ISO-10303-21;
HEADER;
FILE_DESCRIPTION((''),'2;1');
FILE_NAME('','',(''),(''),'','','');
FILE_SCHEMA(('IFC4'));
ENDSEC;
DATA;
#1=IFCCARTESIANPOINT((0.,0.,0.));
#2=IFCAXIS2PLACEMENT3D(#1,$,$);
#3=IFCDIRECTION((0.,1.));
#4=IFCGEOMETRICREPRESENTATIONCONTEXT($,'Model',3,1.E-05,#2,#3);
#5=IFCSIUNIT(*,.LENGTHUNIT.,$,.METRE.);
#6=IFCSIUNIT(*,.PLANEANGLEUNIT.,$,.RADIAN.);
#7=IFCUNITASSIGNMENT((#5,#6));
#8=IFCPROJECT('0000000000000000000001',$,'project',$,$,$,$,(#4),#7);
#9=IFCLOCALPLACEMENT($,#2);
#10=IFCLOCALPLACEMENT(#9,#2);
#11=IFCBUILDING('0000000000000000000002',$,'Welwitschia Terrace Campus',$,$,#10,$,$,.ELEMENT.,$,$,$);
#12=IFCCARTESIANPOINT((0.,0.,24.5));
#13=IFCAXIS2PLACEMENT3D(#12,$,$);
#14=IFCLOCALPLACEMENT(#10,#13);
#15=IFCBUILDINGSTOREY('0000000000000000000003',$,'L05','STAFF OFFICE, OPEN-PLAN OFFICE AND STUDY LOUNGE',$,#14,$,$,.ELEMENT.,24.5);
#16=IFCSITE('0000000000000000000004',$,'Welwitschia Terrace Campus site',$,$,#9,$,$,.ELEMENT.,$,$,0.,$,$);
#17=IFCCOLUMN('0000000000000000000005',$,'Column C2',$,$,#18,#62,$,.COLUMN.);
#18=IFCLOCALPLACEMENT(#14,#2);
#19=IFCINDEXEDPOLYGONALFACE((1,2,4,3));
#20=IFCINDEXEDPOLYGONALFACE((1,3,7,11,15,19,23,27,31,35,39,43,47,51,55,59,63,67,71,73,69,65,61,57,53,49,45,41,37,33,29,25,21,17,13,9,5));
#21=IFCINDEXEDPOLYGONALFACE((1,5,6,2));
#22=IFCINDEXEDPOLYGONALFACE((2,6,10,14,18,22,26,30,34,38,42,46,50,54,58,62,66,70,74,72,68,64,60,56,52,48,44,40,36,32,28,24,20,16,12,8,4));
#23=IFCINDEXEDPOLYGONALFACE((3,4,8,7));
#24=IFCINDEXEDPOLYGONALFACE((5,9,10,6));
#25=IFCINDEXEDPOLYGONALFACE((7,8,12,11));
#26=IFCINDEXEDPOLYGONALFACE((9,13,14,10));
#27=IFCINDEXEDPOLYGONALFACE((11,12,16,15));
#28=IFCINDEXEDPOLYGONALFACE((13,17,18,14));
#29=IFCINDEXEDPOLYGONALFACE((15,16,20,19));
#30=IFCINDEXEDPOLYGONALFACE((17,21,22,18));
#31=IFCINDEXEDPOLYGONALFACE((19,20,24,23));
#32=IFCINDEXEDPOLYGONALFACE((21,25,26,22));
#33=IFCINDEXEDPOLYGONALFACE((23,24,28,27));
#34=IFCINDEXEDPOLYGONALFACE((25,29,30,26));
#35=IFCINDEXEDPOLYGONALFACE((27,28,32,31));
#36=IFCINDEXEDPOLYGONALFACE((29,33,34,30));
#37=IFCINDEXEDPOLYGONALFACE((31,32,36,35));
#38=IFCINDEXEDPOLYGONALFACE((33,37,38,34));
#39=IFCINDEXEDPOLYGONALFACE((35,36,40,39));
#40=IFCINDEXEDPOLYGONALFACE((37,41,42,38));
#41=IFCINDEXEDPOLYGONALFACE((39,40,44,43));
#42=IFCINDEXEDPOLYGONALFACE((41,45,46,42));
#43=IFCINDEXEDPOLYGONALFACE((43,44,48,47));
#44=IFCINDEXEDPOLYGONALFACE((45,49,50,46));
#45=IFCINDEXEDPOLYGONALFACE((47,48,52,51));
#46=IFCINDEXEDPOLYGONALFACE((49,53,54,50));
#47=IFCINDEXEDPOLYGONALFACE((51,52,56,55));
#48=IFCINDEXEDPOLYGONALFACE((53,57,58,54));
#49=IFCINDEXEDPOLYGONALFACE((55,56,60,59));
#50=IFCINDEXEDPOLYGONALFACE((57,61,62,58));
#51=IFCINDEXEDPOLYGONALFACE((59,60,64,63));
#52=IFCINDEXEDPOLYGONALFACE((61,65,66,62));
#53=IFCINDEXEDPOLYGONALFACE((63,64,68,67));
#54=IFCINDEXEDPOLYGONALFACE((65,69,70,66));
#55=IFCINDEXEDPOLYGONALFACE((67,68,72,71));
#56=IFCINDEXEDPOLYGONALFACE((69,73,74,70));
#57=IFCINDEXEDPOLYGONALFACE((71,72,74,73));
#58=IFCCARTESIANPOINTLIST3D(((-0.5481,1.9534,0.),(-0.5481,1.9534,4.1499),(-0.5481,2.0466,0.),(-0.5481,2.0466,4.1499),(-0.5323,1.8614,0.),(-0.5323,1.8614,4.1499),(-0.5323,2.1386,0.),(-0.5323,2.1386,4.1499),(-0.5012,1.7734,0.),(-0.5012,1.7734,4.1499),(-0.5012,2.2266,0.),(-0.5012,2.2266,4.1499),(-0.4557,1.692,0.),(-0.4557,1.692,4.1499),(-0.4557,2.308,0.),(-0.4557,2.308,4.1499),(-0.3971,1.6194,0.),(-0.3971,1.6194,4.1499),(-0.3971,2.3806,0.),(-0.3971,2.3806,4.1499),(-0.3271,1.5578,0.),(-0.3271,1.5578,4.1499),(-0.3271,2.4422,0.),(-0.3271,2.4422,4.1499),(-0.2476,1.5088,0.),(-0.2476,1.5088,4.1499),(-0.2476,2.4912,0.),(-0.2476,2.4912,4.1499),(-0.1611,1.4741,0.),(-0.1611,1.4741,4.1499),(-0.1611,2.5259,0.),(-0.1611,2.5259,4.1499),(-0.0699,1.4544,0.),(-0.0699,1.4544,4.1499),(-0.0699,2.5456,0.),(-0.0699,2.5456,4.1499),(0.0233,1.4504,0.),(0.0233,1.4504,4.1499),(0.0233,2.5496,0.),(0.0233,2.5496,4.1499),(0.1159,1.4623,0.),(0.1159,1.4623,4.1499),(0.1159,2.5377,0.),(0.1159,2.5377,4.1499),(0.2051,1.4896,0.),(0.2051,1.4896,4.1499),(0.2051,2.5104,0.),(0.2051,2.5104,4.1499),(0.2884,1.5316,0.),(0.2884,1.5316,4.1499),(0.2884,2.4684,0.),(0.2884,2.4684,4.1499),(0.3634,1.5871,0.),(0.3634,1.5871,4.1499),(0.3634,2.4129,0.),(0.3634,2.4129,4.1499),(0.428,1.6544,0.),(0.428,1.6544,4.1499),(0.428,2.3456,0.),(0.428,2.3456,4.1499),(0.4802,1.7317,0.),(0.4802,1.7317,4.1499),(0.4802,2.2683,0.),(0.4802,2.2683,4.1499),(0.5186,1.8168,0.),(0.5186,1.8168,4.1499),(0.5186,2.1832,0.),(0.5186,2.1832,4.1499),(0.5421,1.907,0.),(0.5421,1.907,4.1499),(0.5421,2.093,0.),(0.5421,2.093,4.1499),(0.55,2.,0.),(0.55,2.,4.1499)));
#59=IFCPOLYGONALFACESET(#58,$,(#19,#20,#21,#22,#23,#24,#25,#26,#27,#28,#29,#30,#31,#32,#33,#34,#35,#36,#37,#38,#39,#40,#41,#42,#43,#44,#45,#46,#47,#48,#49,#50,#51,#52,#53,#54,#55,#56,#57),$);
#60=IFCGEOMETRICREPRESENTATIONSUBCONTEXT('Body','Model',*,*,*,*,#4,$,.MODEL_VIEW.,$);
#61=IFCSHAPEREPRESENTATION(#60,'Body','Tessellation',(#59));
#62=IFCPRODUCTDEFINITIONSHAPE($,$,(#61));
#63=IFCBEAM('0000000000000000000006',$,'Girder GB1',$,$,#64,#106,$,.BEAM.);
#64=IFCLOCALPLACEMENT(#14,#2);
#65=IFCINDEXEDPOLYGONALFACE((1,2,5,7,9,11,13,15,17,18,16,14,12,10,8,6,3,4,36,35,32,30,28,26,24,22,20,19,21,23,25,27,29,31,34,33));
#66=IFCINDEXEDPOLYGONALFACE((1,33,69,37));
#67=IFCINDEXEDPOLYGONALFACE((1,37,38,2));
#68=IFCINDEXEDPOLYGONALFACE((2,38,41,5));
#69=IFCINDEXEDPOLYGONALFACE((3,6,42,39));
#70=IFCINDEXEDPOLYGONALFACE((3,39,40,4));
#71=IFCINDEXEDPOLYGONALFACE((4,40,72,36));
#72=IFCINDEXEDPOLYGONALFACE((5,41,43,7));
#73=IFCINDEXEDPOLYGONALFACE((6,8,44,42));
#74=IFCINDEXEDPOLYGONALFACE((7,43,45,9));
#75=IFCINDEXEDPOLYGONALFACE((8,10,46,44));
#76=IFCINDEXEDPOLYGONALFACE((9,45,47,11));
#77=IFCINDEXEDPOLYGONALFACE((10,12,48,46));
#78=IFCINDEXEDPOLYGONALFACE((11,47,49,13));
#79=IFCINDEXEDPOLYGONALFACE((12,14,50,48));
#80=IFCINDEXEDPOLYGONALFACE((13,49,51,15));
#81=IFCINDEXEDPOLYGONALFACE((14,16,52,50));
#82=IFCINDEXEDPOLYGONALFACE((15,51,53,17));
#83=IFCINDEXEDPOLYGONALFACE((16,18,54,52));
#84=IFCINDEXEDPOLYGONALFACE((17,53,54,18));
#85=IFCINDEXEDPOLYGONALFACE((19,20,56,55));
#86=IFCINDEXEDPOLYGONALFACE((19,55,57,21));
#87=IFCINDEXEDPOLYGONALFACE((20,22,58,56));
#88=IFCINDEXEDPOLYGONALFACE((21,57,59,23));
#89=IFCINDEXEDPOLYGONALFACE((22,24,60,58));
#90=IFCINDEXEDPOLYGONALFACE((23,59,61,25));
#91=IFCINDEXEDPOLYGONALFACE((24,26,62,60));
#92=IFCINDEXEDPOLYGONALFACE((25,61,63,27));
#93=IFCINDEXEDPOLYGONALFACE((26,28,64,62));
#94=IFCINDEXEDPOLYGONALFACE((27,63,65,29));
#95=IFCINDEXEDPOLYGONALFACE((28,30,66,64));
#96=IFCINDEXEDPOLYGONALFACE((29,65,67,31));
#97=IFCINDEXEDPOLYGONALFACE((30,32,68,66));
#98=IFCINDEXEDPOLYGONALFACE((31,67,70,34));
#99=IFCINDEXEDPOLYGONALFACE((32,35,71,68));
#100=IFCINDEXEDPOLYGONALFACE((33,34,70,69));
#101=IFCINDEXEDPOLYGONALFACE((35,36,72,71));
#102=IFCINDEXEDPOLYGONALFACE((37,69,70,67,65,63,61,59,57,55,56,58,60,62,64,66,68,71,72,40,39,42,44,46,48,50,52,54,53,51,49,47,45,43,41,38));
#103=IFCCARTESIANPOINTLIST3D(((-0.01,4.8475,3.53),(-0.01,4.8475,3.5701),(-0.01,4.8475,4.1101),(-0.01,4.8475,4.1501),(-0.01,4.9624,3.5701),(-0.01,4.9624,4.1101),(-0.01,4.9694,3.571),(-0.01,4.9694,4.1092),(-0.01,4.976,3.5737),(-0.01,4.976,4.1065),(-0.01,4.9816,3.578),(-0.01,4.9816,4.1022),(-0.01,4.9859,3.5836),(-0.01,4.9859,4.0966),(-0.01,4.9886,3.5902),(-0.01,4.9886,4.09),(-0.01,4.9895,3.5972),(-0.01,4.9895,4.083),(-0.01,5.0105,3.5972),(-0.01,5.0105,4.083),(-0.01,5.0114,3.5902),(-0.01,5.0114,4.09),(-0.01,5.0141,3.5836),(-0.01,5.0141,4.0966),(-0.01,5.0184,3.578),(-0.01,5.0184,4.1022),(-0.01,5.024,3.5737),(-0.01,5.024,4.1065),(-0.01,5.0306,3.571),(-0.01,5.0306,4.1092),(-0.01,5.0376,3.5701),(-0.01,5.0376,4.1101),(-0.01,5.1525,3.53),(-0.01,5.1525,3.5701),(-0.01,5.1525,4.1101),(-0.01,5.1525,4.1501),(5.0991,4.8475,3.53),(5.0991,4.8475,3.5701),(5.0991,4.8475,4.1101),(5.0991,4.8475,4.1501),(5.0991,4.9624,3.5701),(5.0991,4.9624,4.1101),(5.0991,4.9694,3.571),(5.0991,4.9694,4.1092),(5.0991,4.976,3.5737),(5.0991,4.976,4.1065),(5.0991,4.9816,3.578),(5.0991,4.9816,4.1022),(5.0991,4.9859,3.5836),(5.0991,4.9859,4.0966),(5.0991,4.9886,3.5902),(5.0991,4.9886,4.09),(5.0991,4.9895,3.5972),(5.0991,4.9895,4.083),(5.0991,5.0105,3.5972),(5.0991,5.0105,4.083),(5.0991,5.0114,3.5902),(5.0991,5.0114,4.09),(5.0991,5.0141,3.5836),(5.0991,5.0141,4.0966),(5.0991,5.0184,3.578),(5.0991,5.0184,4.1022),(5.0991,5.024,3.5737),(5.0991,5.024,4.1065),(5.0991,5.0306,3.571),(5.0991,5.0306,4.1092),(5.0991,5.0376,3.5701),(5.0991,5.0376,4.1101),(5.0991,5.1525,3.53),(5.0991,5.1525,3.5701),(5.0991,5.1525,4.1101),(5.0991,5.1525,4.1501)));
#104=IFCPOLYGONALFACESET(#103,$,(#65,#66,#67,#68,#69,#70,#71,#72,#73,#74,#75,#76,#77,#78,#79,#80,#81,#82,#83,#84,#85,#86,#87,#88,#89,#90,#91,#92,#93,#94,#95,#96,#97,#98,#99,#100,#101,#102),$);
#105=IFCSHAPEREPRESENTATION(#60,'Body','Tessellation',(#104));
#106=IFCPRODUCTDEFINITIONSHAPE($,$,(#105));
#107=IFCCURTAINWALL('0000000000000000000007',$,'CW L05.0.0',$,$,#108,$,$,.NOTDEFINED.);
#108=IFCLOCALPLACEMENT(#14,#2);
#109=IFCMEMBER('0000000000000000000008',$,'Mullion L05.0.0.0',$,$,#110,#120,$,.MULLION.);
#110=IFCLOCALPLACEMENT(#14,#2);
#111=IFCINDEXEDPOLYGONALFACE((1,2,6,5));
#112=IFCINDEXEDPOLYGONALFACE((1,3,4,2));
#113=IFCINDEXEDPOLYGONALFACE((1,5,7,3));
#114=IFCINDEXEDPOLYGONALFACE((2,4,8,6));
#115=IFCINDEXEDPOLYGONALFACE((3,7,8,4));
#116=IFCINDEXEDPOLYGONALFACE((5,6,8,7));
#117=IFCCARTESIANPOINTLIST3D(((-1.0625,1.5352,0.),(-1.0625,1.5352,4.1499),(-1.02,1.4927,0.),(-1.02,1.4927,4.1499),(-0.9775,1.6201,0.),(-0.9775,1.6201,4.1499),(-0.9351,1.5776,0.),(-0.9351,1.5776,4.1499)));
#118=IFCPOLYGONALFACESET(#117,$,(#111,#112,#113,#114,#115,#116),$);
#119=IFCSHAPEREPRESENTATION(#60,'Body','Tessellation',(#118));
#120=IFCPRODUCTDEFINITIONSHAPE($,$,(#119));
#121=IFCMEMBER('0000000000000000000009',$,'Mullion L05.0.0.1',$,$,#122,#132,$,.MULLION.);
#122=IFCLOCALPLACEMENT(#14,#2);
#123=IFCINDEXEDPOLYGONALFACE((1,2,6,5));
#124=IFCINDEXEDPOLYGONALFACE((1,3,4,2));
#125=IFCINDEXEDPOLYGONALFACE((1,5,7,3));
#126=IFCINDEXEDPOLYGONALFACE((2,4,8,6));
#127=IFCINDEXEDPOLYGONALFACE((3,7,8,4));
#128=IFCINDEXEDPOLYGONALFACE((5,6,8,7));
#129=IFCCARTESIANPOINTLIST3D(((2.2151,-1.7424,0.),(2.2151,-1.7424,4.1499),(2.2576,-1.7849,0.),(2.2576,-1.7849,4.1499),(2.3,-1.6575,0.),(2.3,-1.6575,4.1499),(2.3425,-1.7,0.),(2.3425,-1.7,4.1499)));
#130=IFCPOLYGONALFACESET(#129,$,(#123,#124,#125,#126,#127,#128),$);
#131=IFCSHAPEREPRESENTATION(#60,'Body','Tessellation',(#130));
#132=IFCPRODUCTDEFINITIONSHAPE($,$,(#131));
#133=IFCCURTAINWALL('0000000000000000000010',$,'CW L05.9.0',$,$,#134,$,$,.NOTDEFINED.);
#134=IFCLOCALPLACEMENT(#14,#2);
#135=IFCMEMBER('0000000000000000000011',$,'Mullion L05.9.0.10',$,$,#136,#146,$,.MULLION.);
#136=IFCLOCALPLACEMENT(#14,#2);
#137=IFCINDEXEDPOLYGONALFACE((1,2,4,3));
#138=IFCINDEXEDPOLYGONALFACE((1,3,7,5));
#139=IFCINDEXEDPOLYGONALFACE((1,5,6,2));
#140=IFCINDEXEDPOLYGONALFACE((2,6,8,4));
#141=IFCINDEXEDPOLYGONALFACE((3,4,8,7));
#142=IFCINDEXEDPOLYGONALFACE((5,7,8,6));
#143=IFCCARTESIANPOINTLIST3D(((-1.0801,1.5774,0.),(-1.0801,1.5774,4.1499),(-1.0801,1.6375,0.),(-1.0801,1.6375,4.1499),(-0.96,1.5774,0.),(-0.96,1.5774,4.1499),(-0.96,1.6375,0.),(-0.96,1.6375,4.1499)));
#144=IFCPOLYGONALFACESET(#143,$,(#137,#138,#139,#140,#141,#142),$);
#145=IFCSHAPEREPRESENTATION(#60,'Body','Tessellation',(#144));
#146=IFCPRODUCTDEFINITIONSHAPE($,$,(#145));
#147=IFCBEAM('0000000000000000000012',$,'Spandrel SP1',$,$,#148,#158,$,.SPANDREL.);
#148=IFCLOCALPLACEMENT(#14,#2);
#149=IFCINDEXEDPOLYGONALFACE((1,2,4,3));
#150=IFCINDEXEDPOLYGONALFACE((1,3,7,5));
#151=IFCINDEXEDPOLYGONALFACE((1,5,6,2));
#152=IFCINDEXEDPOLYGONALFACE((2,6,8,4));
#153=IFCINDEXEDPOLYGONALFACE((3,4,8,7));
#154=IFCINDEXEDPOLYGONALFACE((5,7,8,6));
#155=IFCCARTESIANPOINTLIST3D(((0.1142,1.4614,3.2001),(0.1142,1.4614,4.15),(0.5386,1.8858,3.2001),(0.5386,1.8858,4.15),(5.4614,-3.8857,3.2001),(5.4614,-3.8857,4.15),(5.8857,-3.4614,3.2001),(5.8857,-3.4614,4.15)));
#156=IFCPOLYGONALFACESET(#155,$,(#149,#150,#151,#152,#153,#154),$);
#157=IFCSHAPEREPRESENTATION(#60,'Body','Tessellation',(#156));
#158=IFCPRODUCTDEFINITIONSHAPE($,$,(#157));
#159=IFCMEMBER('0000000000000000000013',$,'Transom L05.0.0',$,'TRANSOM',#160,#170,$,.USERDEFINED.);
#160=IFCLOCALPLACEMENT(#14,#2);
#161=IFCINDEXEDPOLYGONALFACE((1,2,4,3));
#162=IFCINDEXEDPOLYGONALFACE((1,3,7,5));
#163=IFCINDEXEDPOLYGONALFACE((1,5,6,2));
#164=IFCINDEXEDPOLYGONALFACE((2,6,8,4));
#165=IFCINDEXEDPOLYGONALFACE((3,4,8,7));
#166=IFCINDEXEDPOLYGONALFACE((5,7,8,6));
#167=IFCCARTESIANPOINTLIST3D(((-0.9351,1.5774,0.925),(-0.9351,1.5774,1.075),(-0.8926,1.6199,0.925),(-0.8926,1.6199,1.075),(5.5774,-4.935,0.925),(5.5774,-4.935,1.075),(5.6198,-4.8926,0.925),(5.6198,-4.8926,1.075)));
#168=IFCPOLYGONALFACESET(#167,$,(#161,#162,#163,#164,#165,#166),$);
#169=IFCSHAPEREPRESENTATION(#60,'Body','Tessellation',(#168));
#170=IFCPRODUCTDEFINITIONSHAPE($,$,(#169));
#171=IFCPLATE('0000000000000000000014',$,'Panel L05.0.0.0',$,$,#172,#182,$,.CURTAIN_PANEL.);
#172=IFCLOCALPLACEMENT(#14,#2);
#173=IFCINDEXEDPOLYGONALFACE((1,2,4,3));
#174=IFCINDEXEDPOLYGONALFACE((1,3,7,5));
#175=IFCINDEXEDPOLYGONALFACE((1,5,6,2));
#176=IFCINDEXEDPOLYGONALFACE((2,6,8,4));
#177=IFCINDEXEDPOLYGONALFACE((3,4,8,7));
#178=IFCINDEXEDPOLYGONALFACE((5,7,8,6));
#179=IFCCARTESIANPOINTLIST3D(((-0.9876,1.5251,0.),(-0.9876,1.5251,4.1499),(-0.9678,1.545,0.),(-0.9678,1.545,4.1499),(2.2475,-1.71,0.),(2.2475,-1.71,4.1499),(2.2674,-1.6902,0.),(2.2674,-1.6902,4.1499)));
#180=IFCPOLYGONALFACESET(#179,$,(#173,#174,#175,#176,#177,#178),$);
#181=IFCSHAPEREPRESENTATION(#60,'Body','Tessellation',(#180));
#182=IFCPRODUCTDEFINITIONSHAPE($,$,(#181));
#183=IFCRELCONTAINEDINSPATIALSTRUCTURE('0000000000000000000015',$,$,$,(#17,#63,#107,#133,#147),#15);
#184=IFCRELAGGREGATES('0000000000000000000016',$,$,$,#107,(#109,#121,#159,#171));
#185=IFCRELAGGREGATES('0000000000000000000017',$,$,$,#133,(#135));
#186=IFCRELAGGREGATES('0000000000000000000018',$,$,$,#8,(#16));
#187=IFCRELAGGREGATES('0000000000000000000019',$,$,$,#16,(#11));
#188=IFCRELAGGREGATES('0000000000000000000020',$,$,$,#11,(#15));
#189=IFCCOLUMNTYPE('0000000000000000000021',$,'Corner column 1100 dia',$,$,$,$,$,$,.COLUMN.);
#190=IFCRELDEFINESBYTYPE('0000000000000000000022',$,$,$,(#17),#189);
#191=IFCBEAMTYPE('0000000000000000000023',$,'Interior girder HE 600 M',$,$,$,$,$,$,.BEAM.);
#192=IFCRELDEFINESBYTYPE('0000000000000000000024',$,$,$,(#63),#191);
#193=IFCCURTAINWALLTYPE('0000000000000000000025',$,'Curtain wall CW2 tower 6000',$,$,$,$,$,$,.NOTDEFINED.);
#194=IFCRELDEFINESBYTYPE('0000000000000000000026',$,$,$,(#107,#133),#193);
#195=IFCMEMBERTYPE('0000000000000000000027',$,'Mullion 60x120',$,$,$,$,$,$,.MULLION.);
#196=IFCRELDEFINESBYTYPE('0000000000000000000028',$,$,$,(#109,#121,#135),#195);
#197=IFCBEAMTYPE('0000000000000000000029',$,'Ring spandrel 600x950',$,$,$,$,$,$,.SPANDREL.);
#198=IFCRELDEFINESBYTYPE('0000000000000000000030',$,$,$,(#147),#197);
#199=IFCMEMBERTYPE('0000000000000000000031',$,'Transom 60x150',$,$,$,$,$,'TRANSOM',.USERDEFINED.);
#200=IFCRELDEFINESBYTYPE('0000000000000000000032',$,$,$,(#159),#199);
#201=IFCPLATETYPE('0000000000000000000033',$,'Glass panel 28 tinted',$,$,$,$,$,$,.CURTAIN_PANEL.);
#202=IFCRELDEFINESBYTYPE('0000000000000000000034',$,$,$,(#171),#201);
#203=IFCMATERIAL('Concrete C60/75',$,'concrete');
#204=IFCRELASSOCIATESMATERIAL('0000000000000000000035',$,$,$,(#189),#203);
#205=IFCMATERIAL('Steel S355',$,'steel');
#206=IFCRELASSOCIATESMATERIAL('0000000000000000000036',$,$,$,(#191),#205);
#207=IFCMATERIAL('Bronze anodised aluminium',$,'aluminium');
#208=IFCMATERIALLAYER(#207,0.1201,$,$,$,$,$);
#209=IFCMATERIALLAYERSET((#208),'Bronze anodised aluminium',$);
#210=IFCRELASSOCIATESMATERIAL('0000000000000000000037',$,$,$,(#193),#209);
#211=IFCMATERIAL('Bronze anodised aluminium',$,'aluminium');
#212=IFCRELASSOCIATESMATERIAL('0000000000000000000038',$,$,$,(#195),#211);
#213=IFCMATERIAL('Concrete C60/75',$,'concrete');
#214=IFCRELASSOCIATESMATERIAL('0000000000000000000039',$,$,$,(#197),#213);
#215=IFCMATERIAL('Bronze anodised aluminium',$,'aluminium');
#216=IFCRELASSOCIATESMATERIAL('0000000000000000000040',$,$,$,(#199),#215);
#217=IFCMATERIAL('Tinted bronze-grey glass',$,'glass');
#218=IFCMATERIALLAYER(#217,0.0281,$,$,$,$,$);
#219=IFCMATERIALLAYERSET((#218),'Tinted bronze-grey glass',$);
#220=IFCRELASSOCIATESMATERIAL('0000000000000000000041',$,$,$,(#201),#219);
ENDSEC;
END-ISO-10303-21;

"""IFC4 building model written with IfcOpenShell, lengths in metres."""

from ifc_helpers import new_model, si_unit, direction, frame, origin, origin_2d, place, context, subcontext, project, spatial, rectangle, circle, i_section, extrude, material, layer, layer_set, material_profile, profile_set, type_object, element, aggregate, save


model = new_model("IFC4")

# Units and contexts
model_context = context("Model", 3, precision=1e-05, world=origin(), true_north=direction((0.0, 1.0)))
body_context = subcontext(model_context, "Body", "Model", "MODEL_VIEW")
ifc_project = project(units=[si_unit("LENGTHUNIT", "METRE"), si_unit("PLANEANGLEUNIT", "RADIAN")], contexts=[model_context])

# Site, building, storey
site_placement = place(None, origin())
site = spatial("IfcSite", under=ifc_project, at=site_placement, Name="Welwitschia Terrace Campus site", CompositionType="ELEMENT", RefElevation=0.0)
building_placement = place(site_placement, origin())
building = spatial("IfcBuilding", under=site, at=building_placement, Name="Welwitschia Terrace Campus", CompositionType="ELEMENT")
storey_placement = place(building_placement, frame((0.0, 0.0, 24.5)))
storey = spatial("IfcBuildingStorey", under=building, at=storey_placement, Name="L05", Description="STAFF OFFICE, OPEN-PLAN OFFICE AND STUDY LOUNGE", CompositionType="ELEMENT", Elevation=24.5)

# Column
ifc_material_1 = material(Name="Concrete C60/75", Category="concrete")
ifc_material_profile_1 = material_profile(ifc_material_1, circle(Radius=0.55, at=origin_2d()))
ifc_profile_set_1 = profile_set([ifc_material_profile_1], Name="Concrete C60/75")
column_type = type_object("IfcColumnType", Name="Corner column 1100 dia", PredefinedType="COLUMN", material=ifc_profile_set_1)
column_placement = place(storey_placement, frame((0.0, 2.0, 0.0), z_axis=(0.0, 0.0, 1.0), x_axis=(1.0, 0.0, 0.0)))
element("IfcColumn", 1, at=column_placement, inside=storey, type_object=column_type, Name="Column C2", PredefinedType="COLUMN", context=body_context, shape_type="SweptSolid", body=[
    extrude(circle(Radius=0.55, at=origin_2d()), origin(), (0.0, 0.0, 1.0), 4.1499),
])

# Beam
ifc_material_2 = material(Name="Steel S355", Category="steel")
ifc_material_profile_2 = material_profile(ifc_material_2, i_section(OverallWidth=0.3049, OverallDepth=0.6201, WebThickness=0.021, FlangeThickness=0.04, FilletRadius=0.0271, at=origin_2d()))
ifc_profile_set_2 = profile_set([ifc_material_profile_2], Name="Steel S355")
beam_type_1 = type_object("IfcBeamType", Name="Interior girder HE 600 M", PredefinedType="BEAM", material=ifc_profile_set_2)
beam_1_placement = place(storey_placement, frame((-0.01, 5.0, 3.8401), z_axis=(1.0, 0.0, 0.0), x_axis=(0.0, 1.0, 0.0)))
element("IfcBeam", 2, at=beam_1_placement, inside=storey, type_object=beam_type_1, Name="Girder GB1", PredefinedType="BEAM", context=body_context, shape_type="SweptSolid", body=[
    extrude(i_section(OverallWidth=0.3049, OverallDepth=0.6201, WebThickness=0.021, FlangeThickness=0.04, FilletRadius=0.0271, at=origin_2d()), origin(), (0.0, 0.0, 1.0), 5.1091),
])

# Curtain wall, members
ifc_material_3 = material(Name="Bronze anodised aluminium", Category="aluminium")
ifc_layer_1 = layer(ifc_material_3, 0.1201)
ifc_layer_set_1 = layer_set([ifc_layer_1], Name="Bronze anodised aluminium")
curtain_wall_type = type_object("IfcCurtainWallType", Name="Curtain wall CW2 tower 6000", PredefinedType="NOTDEFINED", material=ifc_layer_set_1)
curtain_wall_1_placement = place(storey_placement, origin())
curtain_wall_1 = element("IfcCurtainWall", 3, at=curtain_wall_1_placement, inside=storey, type_object=curtain_wall_type, Name="CW L05.0.0", PredefinedType="NOTDEFINED")
ifc_material_4 = material(Name="Bronze anodised aluminium", Category="aluminium")
ifc_material_profile_3 = material_profile(ifc_material_4, rectangle(XDim=0.1201, YDim=0.0601, at=origin_2d()))
ifc_profile_set_3 = profile_set([ifc_material_profile_3], Name="Bronze anodised aluminium")
member_type_1 = type_object("IfcMemberType", Name="Mullion 60x120", PredefinedType="MULLION", material=ifc_profile_set_3)
member_1_placement = place(storey_placement, frame((-0.9988, 1.5564, 0.0), z_axis=(0.0, 0.0, 1.0), x_axis=(0.707107, 0.707107, 0.0)))
member_1 = element("IfcMember", 4, at=member_1_placement, type_object=member_type_1, Name="Mullion L05.0.0.0", PredefinedType="MULLION", context=body_context, shape_type="SweptSolid", body=[
    extrude(rectangle(XDim=0.1201, YDim=0.0601, at=origin_2d()), origin(), (0.0, 0.0, 1.0), 4.1499),
])
member_2_placement = place(storey_placement, frame((2.2788, -1.7212, 0.0), z_axis=(0.0, 0.0, 1.0), x_axis=(0.707107, 0.707107, 0.0)))
member_2 = element("IfcMember", 5, at=member_2_placement, type_object=member_type_1, Name="Mullion L05.0.0.1", PredefinedType="MULLION", context=body_context, shape_type="SweptSolid", body=[
    extrude(rectangle(XDim=0.1201, YDim=0.0601, at=origin_2d()), origin(), (0.0, 0.0, 1.0), 4.1499),
])

# Curtain wall, member
curtain_wall_2_placement = place(storey_placement, origin())
curtain_wall_2 = element("IfcCurtainWall", 6, at=curtain_wall_2_placement, inside=storey, type_object=curtain_wall_type, Name="CW L05.9.0", PredefinedType="NOTDEFINED")
member_3_placement = place(storey_placement, frame((-1.02, 1.6074, 0.0), z_axis=(0.0, 0.0, 1.0), x_axis=(1.0, 0.0, 0.0)))
member_3 = element("IfcMember", 7, at=member_3_placement, type_object=member_type_1, Name="Mullion L05.9.0.10", PredefinedType="MULLION", context=body_context, shape_type="SweptSolid", body=[
    extrude(rectangle(XDim=0.1201, YDim=0.0601, at=origin_2d()), origin(), (0.0, 0.0, 1.0), 4.1499),
])

# Beam
ifc_material_5 = material(Name="Concrete C60/75", Category="concrete")
ifc_material_profile_4 = material_profile(ifc_material_5, rectangle(XDim=0.6001, YDim=0.95, at=origin_2d()))
ifc_profile_set_4 = profile_set([ifc_material_profile_4], Name="Concrete C60/75")
beam_type_2 = type_object("IfcBeamType", Name="Ring spandrel 600x950", PredefinedType="SPANDREL", material=ifc_profile_set_4)
beam_2_placement = place(storey_placement, frame((0.3264, 1.6736, 3.675), z_axis=(0.707107, -0.707107, 0.0), x_axis=(0.707107, 0.707107, 0.0)))
element("IfcBeam", 8, at=beam_2_placement, inside=storey, type_object=beam_type_2, Name="Spandrel SP1", PredefinedType="SPANDREL", context=body_context, shape_type="SweptSolid", body=[
    extrude(rectangle(XDim=0.6001, YDim=0.95, at=origin_2d()), origin(), (0.0, 0.0, 1.0), 7.562),
])

# Member
ifc_material_6 = material(Name="Bronze anodised aluminium", Category="aluminium")
ifc_material_profile_5 = material_profile(ifc_material_6, rectangle(XDim=0.0601, YDim=0.1499, at=origin_2d()))
ifc_profile_set_5 = profile_set([ifc_material_profile_5], Name="Bronze anodised aluminium")
member_type_2 = type_object("IfcMemberType", Name="Transom 60x150", ElementType="TRANSOM", PredefinedType="USERDEFINED", material=ifc_profile_set_5)
member_4_placement = place(storey_placement, frame((-0.9138, 1.5986, 1.0), z_axis=(0.707107, -0.707107, 0.0), x_axis=(0.707107, 0.707107, 0.0)))
member_4 = element("IfcMember", 9, at=member_4_placement, type_object=member_type_2, Name="Transom L05.0.0", ObjectType="TRANSOM", PredefinedType="USERDEFINED", context=body_context, shape_type="SweptSolid", body=[
    extrude(rectangle(XDim=0.0601, YDim=0.1499, at=origin_2d()), origin(), (0.0, 0.0, 1.0), 9.21),
])

# Plate
ifc_material_7 = material(Name="Tinted bronze-grey glass", Category="glass")
ifc_layer_2 = layer(ifc_material_7, 0.0281)
ifc_layer_set_2 = layer_set([ifc_layer_2], Name="Tinted bronze-grey glass")
plate_type = type_object("IfcPlateType", Name="Glass panel 28 tinted", PredefinedType="CURTAIN_PANEL", material=ifc_layer_set_2)
plate_1_placement = place(storey_placement, frame((0.6399, -0.0825, 0.0), z_axis=(0.0, 0.0, 1.0), x_axis=(0.707107, -0.707107, 0.0)))
plate_1 = element("IfcPlate", 10, at=plate_1_placement, type_object=plate_type, Name="Panel L05.0.0.0", PredefinedType="CURTAIN_PANEL", context=body_context, shape_type="SweptSolid", body=[
    extrude(rectangle(XDim=4.5752, YDim=0.0281, at=origin_2d()), origin(), (0.0, 0.0, 1.0), 4.1499),
])
aggregate(curtain_wall_1, [member_1, member_2, member_4, plate_1])
aggregate(curtain_wall_2, [member_3])

save(model, "model.ifc")
